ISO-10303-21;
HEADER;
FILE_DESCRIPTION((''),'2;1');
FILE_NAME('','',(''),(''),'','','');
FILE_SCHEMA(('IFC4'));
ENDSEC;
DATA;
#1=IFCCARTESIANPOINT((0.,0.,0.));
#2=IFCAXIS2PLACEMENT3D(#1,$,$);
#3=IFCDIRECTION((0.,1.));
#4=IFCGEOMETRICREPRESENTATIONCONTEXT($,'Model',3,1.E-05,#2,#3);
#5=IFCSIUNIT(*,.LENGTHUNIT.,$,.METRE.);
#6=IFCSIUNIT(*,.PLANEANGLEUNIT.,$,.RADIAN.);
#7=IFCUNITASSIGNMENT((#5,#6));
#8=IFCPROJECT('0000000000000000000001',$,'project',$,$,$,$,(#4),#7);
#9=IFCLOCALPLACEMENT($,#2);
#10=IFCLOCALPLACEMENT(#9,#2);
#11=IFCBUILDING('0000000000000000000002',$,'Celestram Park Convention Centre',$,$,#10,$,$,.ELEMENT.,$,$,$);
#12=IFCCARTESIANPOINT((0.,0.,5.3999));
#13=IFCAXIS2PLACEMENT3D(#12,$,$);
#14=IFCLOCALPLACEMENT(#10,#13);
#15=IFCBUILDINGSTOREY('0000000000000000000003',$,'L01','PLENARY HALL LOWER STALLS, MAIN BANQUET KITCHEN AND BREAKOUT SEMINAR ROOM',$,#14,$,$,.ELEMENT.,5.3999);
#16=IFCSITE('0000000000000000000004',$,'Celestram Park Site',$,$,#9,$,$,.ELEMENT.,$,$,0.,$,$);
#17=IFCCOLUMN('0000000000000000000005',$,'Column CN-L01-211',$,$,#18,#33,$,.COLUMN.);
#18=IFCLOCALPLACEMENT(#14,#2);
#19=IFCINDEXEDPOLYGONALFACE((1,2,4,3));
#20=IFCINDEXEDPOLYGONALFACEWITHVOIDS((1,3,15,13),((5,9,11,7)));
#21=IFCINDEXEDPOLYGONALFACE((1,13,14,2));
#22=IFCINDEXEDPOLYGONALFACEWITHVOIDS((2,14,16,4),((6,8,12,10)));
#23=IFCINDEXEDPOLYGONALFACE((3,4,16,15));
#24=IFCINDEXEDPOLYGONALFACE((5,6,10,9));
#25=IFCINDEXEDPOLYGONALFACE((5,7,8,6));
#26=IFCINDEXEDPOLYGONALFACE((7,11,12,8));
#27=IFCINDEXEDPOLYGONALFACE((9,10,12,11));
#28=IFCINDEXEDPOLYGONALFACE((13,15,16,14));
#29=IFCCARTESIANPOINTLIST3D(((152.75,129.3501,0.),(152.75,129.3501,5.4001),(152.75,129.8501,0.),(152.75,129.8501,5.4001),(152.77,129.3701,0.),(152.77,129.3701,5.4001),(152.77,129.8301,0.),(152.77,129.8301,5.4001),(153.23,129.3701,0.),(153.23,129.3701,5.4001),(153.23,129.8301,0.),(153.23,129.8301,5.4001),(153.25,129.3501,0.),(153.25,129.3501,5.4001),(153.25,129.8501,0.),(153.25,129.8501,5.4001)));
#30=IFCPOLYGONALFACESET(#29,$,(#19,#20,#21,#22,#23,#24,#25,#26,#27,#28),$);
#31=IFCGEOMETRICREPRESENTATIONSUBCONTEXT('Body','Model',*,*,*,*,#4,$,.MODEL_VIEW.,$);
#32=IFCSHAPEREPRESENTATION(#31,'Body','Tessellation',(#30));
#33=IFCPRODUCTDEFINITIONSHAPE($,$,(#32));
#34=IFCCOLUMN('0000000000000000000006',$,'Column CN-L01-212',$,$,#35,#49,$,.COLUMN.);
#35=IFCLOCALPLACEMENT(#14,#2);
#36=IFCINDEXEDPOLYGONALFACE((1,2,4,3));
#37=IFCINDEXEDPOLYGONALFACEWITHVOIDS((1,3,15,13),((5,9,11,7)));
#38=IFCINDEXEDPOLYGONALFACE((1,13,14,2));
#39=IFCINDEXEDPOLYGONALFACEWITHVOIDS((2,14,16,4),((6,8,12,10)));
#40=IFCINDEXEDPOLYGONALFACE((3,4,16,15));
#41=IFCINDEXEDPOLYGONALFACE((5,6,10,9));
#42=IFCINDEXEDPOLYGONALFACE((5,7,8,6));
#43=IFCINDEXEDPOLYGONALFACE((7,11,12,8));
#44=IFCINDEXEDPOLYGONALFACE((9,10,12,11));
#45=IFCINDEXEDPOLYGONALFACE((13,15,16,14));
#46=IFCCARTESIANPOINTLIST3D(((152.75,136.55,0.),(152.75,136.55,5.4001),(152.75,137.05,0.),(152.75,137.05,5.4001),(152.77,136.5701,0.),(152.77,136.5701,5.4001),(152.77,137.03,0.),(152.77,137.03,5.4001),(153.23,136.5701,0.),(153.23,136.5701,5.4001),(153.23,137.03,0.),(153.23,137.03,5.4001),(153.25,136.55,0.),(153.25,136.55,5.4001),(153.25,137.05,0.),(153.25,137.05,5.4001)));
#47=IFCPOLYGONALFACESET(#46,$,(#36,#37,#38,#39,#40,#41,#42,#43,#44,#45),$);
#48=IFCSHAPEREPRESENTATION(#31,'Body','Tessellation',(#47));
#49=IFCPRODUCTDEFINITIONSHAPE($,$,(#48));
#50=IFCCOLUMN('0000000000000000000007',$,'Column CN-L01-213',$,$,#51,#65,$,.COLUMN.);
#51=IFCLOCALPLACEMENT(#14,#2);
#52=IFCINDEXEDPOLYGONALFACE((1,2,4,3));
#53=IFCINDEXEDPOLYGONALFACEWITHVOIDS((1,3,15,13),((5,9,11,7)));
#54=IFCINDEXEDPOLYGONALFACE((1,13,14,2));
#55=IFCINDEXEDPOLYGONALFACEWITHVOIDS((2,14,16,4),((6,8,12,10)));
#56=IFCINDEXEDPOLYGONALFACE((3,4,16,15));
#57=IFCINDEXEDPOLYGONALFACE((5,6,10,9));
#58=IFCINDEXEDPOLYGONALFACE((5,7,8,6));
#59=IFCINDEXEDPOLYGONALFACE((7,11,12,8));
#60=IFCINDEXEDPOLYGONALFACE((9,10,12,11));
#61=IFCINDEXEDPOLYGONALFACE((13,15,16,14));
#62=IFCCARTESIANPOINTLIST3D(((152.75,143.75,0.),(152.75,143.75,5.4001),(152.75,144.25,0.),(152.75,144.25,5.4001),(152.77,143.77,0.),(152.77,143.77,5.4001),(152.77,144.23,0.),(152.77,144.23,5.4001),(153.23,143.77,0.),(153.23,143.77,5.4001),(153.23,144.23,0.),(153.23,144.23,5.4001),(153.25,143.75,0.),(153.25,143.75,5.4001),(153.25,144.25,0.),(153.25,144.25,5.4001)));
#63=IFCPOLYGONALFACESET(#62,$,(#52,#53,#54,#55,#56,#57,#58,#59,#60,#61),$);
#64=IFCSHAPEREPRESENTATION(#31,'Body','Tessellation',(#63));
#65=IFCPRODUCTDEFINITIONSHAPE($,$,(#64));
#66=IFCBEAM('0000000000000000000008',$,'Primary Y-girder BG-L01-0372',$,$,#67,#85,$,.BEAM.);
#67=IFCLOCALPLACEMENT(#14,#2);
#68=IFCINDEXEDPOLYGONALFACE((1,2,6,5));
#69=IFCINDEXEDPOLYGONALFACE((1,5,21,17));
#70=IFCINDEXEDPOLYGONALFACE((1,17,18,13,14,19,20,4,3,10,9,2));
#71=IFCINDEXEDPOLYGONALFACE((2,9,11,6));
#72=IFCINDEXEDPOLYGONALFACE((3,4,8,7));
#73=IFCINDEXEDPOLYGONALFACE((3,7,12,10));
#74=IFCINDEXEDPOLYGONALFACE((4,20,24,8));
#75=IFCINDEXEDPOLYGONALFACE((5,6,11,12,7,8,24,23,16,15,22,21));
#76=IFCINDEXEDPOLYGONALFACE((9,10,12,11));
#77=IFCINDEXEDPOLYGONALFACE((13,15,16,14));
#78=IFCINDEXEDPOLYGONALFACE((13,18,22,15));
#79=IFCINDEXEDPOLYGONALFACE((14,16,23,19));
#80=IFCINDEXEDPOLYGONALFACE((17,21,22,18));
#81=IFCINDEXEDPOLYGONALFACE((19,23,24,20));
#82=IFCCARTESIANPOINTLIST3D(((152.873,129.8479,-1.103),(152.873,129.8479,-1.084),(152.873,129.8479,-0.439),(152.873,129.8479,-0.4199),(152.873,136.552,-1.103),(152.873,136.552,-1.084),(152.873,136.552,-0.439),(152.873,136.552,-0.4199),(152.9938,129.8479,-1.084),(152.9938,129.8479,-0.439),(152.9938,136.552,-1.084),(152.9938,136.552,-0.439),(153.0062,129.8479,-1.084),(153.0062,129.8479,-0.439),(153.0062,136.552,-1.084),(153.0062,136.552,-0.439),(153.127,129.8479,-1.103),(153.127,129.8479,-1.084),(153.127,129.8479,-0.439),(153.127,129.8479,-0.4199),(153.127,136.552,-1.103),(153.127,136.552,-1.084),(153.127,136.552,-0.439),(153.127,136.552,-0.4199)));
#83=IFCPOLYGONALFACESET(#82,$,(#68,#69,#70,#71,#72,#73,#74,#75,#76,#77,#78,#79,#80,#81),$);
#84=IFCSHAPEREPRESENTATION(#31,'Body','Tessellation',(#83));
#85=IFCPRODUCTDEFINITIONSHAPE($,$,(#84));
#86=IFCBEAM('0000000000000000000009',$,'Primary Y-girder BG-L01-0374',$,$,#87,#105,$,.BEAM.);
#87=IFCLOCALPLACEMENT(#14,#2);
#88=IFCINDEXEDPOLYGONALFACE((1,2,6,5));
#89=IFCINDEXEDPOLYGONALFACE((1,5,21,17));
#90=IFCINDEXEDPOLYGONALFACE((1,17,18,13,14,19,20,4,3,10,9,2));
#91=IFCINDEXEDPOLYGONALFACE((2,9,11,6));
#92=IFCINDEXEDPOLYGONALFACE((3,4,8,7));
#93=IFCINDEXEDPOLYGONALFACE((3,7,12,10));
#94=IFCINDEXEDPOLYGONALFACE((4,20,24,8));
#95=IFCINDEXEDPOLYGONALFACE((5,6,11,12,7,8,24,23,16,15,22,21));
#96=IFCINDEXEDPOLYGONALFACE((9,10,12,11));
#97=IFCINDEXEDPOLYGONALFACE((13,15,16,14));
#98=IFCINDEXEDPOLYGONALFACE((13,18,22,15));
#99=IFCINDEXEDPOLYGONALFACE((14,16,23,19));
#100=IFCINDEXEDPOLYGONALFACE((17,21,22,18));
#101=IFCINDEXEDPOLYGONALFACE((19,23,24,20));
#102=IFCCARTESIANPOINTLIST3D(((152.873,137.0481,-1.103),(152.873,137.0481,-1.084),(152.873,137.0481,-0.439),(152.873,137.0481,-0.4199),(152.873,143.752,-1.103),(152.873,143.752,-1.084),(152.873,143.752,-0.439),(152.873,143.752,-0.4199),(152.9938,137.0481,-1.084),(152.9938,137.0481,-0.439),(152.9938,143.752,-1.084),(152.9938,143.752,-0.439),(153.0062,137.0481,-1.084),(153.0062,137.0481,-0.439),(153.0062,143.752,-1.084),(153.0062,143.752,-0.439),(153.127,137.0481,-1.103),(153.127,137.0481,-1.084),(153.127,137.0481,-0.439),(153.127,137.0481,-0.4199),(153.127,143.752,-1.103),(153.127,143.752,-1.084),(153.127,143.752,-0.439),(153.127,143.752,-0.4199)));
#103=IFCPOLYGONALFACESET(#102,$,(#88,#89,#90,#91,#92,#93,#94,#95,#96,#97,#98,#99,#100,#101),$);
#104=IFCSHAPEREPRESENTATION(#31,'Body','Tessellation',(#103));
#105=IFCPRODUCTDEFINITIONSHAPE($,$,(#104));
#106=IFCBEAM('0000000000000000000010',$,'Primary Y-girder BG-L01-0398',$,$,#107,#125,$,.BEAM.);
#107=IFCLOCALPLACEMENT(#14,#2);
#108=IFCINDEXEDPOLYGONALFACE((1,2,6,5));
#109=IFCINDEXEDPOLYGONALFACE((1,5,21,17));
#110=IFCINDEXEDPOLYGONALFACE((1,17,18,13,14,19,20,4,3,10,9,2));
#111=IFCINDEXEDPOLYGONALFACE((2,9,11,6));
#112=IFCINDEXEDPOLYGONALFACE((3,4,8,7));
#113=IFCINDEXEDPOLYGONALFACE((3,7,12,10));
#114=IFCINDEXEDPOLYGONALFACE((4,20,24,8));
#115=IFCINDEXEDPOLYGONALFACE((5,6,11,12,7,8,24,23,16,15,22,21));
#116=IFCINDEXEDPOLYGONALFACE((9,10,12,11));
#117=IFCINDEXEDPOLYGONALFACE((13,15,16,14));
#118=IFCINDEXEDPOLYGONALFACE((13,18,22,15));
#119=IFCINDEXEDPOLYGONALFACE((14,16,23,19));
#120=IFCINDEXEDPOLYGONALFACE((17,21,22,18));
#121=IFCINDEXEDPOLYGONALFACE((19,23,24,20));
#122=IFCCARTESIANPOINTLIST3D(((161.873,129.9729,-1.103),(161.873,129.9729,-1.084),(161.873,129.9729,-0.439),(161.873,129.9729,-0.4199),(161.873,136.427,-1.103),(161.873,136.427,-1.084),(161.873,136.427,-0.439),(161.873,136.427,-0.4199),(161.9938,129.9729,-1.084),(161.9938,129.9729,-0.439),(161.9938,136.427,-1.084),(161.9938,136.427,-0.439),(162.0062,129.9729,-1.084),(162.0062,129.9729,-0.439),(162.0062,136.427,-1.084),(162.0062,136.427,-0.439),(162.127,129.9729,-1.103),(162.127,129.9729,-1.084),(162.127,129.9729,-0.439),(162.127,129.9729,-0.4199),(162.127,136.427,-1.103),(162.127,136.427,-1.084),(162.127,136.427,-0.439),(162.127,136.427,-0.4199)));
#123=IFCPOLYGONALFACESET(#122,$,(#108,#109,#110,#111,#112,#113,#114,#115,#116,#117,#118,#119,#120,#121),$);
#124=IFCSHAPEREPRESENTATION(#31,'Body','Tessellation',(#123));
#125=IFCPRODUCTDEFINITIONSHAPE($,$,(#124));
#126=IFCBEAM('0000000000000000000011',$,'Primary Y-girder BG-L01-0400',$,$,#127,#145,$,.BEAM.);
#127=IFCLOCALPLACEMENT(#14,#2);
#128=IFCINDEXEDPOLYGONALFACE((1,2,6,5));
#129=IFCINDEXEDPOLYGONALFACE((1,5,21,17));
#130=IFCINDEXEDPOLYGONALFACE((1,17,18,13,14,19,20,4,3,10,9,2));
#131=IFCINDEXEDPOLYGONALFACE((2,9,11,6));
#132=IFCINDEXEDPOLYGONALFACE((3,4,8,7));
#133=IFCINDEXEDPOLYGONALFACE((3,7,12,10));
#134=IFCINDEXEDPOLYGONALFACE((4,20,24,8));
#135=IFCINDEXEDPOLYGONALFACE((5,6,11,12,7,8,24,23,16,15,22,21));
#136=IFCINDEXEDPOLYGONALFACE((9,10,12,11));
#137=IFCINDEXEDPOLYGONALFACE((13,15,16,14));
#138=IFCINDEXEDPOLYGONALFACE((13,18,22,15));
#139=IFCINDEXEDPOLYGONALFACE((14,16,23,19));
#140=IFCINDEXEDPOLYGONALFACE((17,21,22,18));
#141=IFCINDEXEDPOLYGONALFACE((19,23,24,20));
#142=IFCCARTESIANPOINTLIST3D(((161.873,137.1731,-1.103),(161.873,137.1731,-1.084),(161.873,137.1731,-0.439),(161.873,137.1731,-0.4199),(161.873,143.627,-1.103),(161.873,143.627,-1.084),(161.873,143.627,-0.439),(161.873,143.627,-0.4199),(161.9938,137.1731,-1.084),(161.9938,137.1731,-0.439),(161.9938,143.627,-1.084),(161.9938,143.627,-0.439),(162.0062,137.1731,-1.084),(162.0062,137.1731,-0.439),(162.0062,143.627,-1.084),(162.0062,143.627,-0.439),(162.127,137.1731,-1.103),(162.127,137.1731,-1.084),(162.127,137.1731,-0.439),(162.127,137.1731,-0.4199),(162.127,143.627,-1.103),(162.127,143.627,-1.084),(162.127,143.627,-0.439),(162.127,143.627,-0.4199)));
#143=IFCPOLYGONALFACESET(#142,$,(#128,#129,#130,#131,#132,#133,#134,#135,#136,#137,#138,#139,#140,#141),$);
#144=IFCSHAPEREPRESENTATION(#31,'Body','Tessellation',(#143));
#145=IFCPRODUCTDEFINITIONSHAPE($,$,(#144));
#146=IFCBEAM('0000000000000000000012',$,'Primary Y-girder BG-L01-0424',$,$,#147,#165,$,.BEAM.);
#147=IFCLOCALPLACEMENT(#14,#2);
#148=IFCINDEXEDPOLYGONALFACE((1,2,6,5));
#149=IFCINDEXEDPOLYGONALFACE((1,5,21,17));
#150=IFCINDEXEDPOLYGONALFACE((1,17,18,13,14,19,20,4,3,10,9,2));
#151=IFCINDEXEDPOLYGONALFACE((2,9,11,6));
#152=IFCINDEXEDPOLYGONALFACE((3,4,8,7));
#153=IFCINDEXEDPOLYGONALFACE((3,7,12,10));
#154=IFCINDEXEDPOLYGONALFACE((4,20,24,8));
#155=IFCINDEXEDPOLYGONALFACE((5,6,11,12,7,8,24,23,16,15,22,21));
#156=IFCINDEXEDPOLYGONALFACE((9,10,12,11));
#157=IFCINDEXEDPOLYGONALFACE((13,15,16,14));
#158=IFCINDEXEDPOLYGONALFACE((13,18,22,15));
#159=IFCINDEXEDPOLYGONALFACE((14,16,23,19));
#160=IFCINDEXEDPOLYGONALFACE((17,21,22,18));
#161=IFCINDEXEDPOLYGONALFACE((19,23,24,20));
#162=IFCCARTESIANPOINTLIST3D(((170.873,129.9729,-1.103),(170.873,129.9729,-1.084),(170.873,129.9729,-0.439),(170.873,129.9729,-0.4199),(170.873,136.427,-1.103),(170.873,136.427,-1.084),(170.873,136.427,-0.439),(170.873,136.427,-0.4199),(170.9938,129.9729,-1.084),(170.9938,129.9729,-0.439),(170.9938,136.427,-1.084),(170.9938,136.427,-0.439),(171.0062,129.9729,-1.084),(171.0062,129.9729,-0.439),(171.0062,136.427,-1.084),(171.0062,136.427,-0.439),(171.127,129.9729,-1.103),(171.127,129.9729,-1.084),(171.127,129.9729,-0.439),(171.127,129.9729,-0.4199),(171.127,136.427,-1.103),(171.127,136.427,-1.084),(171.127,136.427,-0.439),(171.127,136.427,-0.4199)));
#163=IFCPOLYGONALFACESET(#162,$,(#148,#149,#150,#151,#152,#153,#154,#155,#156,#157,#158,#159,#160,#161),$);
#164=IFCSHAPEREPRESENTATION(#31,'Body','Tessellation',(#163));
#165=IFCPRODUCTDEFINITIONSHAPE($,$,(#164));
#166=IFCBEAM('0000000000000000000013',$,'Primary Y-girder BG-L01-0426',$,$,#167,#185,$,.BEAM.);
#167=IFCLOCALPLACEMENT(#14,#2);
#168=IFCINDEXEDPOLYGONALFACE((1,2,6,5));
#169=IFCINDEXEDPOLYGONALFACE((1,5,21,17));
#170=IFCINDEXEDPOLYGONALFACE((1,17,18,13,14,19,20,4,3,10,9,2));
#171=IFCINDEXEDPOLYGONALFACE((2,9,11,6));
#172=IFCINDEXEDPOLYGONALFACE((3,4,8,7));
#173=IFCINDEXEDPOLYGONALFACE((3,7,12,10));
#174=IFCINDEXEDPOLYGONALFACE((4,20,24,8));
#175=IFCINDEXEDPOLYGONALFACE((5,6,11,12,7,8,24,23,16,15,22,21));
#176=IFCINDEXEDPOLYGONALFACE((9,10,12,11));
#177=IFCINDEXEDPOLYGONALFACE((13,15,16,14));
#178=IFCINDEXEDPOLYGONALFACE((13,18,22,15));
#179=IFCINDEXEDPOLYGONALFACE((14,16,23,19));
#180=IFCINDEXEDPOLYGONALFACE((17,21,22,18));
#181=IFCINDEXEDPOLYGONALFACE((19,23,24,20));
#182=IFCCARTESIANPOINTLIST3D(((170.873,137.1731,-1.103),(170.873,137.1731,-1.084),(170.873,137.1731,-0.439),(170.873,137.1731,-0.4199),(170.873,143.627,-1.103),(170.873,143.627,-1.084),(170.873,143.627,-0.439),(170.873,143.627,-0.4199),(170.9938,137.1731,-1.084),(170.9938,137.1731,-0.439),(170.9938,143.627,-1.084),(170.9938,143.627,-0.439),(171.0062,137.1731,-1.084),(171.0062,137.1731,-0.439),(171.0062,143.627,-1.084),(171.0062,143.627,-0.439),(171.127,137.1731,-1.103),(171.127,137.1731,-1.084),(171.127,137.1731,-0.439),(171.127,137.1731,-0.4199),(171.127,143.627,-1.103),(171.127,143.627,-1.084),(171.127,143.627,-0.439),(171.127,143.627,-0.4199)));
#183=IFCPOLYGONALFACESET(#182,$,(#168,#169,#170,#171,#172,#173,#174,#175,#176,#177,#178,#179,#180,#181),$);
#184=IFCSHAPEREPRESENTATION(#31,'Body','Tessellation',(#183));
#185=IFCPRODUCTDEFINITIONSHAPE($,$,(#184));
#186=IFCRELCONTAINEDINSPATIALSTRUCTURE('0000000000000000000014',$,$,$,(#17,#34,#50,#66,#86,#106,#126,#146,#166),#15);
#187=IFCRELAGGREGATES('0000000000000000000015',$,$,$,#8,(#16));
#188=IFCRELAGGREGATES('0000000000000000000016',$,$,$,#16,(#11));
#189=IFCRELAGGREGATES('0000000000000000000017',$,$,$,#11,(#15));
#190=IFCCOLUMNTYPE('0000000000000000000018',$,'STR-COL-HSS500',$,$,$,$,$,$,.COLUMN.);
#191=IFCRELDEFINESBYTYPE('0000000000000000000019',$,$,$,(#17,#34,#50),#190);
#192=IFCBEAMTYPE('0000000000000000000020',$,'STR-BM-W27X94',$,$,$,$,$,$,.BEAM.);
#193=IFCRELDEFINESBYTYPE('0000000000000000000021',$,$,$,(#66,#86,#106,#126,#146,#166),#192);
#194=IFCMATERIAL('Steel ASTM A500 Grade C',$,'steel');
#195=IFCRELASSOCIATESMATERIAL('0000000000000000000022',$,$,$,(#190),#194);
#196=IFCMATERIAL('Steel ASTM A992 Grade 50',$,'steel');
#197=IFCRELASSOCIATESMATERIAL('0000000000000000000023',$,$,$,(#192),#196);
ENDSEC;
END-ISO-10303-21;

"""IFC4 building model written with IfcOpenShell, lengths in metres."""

from ifc_helpers import new_model, si_unit, direction, frame, origin, origin_2d, place, context, subcontext, project, spatial, hollow_rectangle, i_section, extrude, material, material_profile, profile_set, type_object, element, save


model = new_model("IFC4")

# Units and contexts
model_context = context("Model", 3, precision=1e-05, world=origin(), true_north=direction((0.0, 1.0)))
body_context = subcontext(model_context, "Body", "Model", "MODEL_VIEW")
ifc_project = project(units=[si_unit("LENGTHUNIT", "METRE"), si_unit("PLANEANGLEUNIT", "RADIAN")], contexts=[model_context])

# Site, building, storey
site_placement = place(None, origin())
site = spatial("IfcSite", under=ifc_project, at=site_placement, Name="Celestram Park Site", CompositionType="ELEMENT", RefElevation=0.0)
building_placement = place(site_placement, origin())
building = spatial("IfcBuilding", under=site, at=building_placement, Name="Celestram Park Convention Centre", CompositionType="ELEMENT")
storey_placement = place(building_placement, frame((0.0, 0.0, 5.3999)))
storey = spatial("IfcBuildingStorey", under=building, at=storey_placement, Name="L01", Description="PLENARY HALL LOWER STALLS, MAIN BANQUET KITCHEN AND BREAKOUT SEMINAR ROOM", CompositionType="ELEMENT", Elevation=5.3999)

# Columns
ifc_material_1 = material(Name="Steel ASTM A500 Grade C", Category="steel")
ifc_material_profile_1 = material_profile(ifc_material_1, hollow_rectangle(XDim=0.5, YDim=0.5, WallThickness=0.02, at=origin_2d()), Name="HSS500X500X20")
ifc_profile_set_1 = profile_set([ifc_material_profile_1], Name="Steel ASTM A500 Grade C")
column_type = type_object("IfcColumnType", Name="STR-COL-HSS500", PredefinedType="COLUMN", material=ifc_profile_set_1)
for number, where, z_axis, x_axis, name in (
    (1, (153.0, 129.6001, 0.0), (0.0, 0.0, 1.0), (1.0, 0.0, 0.0), "Column CN-L01-211"),
    (2, (153.0, 136.8, 0.0), (0.0, 0.0, 1.0), (1.0, 0.0, 0.0), "Column CN-L01-212"),
    (3, (153.0, 144.0, 0.0), (0.0, 0.0, 1.0), (1.0, 0.0, 0.0), "Column CN-L01-213"),
):
    element("IfcColumn", number, at=place(storey_placement, frame(where, z_axis=z_axis, x_axis=x_axis)), inside=storey, type_object=column_type, Name=name, PredefinedType="COLUMN", context=body_context, shape_type="SweptSolid", body=[
        extrude(hollow_rectangle(XDim=0.5, YDim=0.5, WallThickness=0.02, at=origin_2d()), origin(), (0.0, 0.0, 1.0), 5.4001),
    ])

# Beams
ifc_material_2 = material(Name="Steel ASTM A992 Grade 50", Category="steel")
ifc_material_profile_2 = material_profile(ifc_material_2, i_section(OverallWidth=0.2539, OverallDepth=0.6831, WebThickness=0.0125, FlangeThickness=0.019, at=origin_2d()), Name="W27X94")
ifc_profile_set_2 = profile_set([ifc_material_profile_2], Name="Steel ASTM A992 Grade 50")
beam_type_1 = type_object("IfcBeamType", Name="STR-BM-W27X94", PredefinedType="BEAM", material=ifc_profile_set_2)
beam_1_placement = place(storey_placement, frame((153.0, 129.8479, -0.7615), z_axis=(0.0, 1.0, 0.0), x_axis=(-1.0, 0.0, 0.0)))
element("IfcBeam", 4, at=beam_1_placement, inside=storey, type_object=beam_type_1, Name="Primary Y-girder BG-L01-0372", PredefinedType="BEAM", context=body_context, shape_type="SweptSolid", body=[
    extrude(i_section(OverallWidth=0.2539, OverallDepth=0.6831, WebThickness=0.0125, FlangeThickness=0.019, at=origin_2d()), origin(), (0.0, 0.0, 1.0), 6.7041),
])
beam_2_placement = place(storey_placement, frame((153.0, 137.0481, -0.7615), z_axis=(0.0, 1.0, 0.0), x_axis=(-1.0, 0.0, 0.0)))
element("IfcBeam", 5, at=beam_2_placement, inside=storey, type_object=beam_type_1, Name="Primary Y-girder BG-L01-0374", PredefinedType="BEAM", context=body_context, shape_type="SweptSolid", body=[
    extrude(i_section(OverallWidth=0.2539, OverallDepth=0.6831, WebThickness=0.0125, FlangeThickness=0.019, at=origin_2d()), origin(), (0.0, 0.0, 1.0), 6.7039),
])
beam_3_placement = place(storey_placement, frame((162.0, 129.9729, -0.7615), z_axis=(0.0, 1.0, 0.0), x_axis=(-1.0, 0.0, 0.0)))
element("IfcBeam", 6, at=beam_3_placement, inside=storey, type_object=beam_type_1, Name="Primary Y-girder BG-L01-0398", PredefinedType="BEAM", context=body_context, shape_type="SweptSolid", body=[
    extrude(i_section(OverallWidth=0.2539, OverallDepth=0.6831, WebThickness=0.0125, FlangeThickness=0.019, at=origin_2d()), origin(), (0.0, 0.0, 1.0), 6.4541),
])
beam_4_placement = place(storey_placement, frame((162.0, 137.1731, -0.7615), z_axis=(0.0, 1.0, 0.0), x_axis=(-1.0, 0.0, 0.0)))
element("IfcBeam", 7, at=beam_4_placement, inside=storey, type_object=beam_type_1, Name="Primary Y-girder BG-L01-0400", PredefinedType="BEAM", context=body_context, shape_type="SweptSolid", body=[
    extrude(i_section(OverallWidth=0.2539, OverallDepth=0.6831, WebThickness=0.0125, FlangeThickness=0.019, at=origin_2d()), origin(), (0.0, 0.0, 1.0), 6.4539),
])
beam_5_placement = place(storey_placement, frame((171.0, 129.9729, -0.7615), z_axis=(0.0, 1.0, 0.0), x_axis=(-1.0, 0.0, 0.0)))
element("IfcBeam", 8, at=beam_5_placement, inside=storey, type_object=beam_type_1, Name="Primary Y-girder BG-L01-0424", PredefinedType="BEAM", context=body_context, shape_type="SweptSolid", body=[
    extrude(i_section(OverallWidth=0.2539, OverallDepth=0.6831, WebThickness=0.0125, FlangeThickness=0.019, at=origin_2d()), origin(), (0.0, 0.0, 1.0), 6.4541),
])
beam_6_placement = place(storey_placement, frame((171.0, 137.1731, -0.7615), z_axis=(0.0, 1.0, 0.0), x_axis=(-1.0, 0.0, 0.0)))
element("IfcBeam", 9, at=beam_6_placement, inside=storey, type_object=beam_type_1, Name="Primary Y-girder BG-L01-0426", PredefinedType="BEAM", context=body_context, shape_type="SweptSolid", body=[
    extrude(i_section(OverallWidth=0.2539, OverallDepth=0.6831, WebThickness=0.0125, FlangeThickness=0.019, at=origin_2d()), origin(), (0.0, 0.0, 1.0), 6.4539),
])

save(model, "model.ifc")
